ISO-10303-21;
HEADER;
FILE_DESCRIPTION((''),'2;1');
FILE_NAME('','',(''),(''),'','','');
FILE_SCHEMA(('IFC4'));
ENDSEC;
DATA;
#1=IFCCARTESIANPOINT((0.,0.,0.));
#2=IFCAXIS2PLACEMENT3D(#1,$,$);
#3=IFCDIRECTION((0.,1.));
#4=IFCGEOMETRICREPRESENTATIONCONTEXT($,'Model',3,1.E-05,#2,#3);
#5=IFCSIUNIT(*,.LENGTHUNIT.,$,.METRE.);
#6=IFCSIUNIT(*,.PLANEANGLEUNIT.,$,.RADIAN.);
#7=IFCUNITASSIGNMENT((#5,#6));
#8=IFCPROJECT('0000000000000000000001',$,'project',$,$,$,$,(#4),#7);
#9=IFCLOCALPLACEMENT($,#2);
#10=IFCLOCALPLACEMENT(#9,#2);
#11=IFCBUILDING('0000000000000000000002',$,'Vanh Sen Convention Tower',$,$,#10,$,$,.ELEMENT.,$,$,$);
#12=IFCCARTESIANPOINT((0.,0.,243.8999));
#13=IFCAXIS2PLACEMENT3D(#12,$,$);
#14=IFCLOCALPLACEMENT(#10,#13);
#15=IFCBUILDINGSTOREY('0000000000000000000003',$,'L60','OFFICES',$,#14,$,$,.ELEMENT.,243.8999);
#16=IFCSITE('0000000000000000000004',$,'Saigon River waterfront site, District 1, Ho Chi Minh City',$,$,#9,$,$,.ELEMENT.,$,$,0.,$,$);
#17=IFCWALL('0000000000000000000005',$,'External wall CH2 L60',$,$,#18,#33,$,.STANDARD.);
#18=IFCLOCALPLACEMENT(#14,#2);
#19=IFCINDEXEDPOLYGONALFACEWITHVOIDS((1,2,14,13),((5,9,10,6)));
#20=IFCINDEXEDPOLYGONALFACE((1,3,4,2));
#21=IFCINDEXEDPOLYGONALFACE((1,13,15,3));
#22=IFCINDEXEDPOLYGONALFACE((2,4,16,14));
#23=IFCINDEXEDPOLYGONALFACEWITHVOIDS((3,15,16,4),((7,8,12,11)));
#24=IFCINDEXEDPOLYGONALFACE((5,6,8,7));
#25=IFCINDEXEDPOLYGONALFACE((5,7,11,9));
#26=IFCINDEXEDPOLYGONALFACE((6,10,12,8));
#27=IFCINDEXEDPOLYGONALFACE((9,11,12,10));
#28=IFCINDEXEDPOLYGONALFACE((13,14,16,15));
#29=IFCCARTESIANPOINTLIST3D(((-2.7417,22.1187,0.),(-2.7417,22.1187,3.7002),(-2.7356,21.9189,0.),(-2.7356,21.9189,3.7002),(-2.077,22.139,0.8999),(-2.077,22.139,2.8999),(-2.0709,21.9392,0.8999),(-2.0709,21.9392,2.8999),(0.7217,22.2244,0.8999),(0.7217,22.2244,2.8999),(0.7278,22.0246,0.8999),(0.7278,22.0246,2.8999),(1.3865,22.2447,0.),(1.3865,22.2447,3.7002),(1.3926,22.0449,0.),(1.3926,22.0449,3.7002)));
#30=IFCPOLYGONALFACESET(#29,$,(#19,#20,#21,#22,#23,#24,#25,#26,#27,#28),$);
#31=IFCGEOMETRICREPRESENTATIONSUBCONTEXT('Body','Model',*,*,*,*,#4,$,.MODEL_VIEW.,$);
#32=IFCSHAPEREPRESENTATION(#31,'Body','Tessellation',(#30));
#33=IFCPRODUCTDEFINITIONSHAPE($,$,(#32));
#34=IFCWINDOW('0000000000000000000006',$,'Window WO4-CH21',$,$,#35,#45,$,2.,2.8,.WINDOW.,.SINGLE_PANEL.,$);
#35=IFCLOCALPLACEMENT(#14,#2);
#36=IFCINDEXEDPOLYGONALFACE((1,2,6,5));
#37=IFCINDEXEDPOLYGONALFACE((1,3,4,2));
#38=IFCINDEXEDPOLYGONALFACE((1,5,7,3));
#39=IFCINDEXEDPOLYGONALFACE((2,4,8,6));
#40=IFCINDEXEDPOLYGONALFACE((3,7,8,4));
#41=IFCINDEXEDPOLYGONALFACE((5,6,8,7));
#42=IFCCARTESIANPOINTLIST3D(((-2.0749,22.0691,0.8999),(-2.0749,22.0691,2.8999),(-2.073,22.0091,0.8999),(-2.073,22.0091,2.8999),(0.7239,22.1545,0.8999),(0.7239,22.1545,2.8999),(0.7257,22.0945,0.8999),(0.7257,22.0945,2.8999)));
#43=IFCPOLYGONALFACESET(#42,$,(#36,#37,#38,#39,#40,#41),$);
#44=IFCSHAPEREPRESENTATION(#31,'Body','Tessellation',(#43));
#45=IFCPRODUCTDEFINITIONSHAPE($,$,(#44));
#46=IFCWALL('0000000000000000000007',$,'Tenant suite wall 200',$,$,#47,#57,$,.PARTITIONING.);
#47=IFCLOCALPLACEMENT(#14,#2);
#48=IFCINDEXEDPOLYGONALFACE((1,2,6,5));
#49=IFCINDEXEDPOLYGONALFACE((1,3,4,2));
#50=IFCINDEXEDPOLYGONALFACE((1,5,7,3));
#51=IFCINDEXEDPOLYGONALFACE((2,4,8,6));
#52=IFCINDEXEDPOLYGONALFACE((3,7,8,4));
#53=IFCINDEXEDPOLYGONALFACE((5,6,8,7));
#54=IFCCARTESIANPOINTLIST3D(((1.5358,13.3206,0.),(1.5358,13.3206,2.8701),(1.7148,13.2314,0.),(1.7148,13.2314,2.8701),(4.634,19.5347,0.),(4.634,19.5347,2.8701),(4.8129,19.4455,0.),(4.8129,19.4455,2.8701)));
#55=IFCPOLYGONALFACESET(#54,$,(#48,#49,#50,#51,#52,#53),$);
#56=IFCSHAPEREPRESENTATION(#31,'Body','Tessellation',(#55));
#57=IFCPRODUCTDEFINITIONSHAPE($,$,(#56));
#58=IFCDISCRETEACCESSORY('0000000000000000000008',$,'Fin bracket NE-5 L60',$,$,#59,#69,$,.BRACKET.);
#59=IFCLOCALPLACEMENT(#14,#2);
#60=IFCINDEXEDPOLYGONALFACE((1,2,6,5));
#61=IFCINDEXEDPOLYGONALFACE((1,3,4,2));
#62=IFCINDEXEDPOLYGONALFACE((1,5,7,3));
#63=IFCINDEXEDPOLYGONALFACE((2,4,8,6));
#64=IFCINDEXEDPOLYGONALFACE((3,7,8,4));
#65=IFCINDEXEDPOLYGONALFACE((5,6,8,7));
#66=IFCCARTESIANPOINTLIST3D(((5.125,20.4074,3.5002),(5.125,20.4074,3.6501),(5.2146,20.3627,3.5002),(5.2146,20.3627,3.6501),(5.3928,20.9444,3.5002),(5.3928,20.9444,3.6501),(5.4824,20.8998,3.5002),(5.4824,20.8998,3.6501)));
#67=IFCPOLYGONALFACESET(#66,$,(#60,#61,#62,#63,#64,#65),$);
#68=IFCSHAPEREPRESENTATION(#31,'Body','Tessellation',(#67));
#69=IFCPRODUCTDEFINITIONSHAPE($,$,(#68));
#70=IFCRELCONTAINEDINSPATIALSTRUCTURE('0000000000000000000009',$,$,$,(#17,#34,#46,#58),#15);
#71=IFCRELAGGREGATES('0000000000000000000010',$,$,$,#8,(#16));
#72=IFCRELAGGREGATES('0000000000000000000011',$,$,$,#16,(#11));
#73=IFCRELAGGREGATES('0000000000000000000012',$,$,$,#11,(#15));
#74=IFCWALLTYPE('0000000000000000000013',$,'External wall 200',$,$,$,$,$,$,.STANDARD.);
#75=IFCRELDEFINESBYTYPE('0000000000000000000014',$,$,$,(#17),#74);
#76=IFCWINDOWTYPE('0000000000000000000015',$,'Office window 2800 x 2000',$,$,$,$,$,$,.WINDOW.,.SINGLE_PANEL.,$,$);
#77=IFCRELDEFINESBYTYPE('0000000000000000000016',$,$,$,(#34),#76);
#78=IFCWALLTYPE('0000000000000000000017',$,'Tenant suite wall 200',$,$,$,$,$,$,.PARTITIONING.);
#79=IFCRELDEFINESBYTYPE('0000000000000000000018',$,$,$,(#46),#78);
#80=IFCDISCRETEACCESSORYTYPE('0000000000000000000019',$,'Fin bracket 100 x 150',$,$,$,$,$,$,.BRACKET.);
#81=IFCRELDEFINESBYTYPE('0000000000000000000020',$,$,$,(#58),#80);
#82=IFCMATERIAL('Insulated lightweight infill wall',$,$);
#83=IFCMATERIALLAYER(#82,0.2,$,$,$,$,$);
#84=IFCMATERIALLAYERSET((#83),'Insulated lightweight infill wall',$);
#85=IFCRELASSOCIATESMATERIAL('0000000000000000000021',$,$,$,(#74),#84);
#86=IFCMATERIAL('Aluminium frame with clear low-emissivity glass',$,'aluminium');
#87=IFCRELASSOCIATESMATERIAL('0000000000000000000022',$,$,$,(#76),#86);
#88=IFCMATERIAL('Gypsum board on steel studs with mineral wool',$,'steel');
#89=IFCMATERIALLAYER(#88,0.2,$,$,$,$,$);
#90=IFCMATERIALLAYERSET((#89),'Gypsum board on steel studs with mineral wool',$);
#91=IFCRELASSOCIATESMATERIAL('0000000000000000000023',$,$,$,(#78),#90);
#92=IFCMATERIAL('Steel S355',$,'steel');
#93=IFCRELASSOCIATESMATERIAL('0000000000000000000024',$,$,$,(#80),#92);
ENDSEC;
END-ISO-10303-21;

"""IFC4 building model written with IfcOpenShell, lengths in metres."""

from ifc_helpers import new_model, si_unit, direction, frame, frame_2d, origin, origin_2d, place, context, subcontext, project, spatial, rectangle, extrude, material, layer, layer_set, type_object, element, fill, save


model = new_model("IFC4")

# Units and contexts
model_context = context("Model", 3, precision=1e-05, world=origin(), true_north=direction((0.0, 1.0)))
body_context = subcontext(model_context, "Body", "Model", "MODEL_VIEW")
ifc_project = project(units=[si_unit("LENGTHUNIT", "METRE"), si_unit("PLANEANGLEUNIT", "RADIAN")], contexts=[model_context])

# Site, building, storey
site_placement = place(None, origin())
site = spatial("IfcSite", under=ifc_project, at=site_placement, Name="Saigon River waterfront site, District 1, Ho Chi Minh City", CompositionType="ELEMENT", RefElevation=0.0)
building_placement = place(site_placement, origin())
building = spatial("IfcBuilding", under=site, at=building_placement, Name="Vanh Sen Convention Tower", CompositionType="ELEMENT")
storey_placement = place(building_placement, frame((0.0, 0.0, 243.8999)))
storey = spatial("IfcBuildingStorey", under=building, at=storey_placement, Name="L60", Description="OFFICES", CompositionType="ELEMENT", Elevation=243.8999)

# Shared definitions
ifc_material_1 = material(Name="Gypsum board on steel studs with mineral wool", Category="steel")

# Wall, opening, window
ifc_material_2 = material(Name="Insulated lightweight infill wall")
ifc_layer_1 = layer(ifc_material_2, 0.2)
ifc_layer_set_1 = layer_set([ifc_layer_1], Name="Insulated lightweight infill wall")
wall_type_1 = type_object("IfcWallType", Name="External wall 200", PredefinedType="STANDARD", material=ifc_layer_set_1)
wall_1_placement = place(storey_placement, frame((1.3894, 22.1448, 0.0), z_axis=(0.0, 0.0, 1.0), x_axis=(-0.999535, -0.030502, 0.0)))
wall_1 = element("IfcWall", 1, at=wall_1_placement, inside=storey, type_object=wall_type_1, Name="External wall CH2 L60", PredefinedType="STANDARD", context=body_context, shape_type="SweptSolid", body=[
    extrude(rectangle(XDim=4.1301, YDim=0.2, at=frame_2d((2.0649, 0.0))), origin(), (0.0, 0.0, 1.0), 3.7002),
])
opening_1_placement = place(wall_1_placement, frame((0.665, 0.0, 0.8999)))
opening_1 = element("IfcOpeningElement", 2, at=opening_1_placement, cuts=wall_1, PredefinedType="OPENING", context=body_context, shape_type="SweptSolid", body=[
    extrude(rectangle(XDim=2.8, YDim=2.0, at=frame_2d((1.3999, 1.0))), frame((0.0, 0.1099, 0.0), z_axis=(0.0, -1.0, 0.0), x_axis=(1.0, 0.0, 0.0)), (0.0, 0.0, 1.0), 0.22),
])
ifc_material_3 = material(Name="Aluminium frame with clear low-emissivity glass", Category="aluminium")
window_type = type_object("IfcWindowType", Name="Office window 2800 x 2000", PartitioningType="SINGLE_PANEL", PredefinedType="WINDOW", material=ifc_material_3)
window_placement = place(opening_1_placement, origin())
window = element("IfcWindow", 3, at=window_placement, inside=storey, type_object=window_type, Name="Window WO4-CH21", OverallHeight=2.0, OverallWidth=2.8, PartitioningType="SINGLE_PANEL", PredefinedType="WINDOW", context=body_context, shape_type="SweptSolid", body=[
    extrude(rectangle(XDim=2.8, YDim=2.0, at=frame_2d((1.3999, 1.0))), frame((0.0, 0.03, 0.0), z_axis=(0.0, -1.0, 0.0), x_axis=(1.0, 0.0, 0.0)), (0.0, 0.0, 1.0), 0.0601),
])
fill(opening_1, window)

# Wall
ifc_layer_2 = layer(ifc_material_1, 0.2)
ifc_layer_set_2 = layer_set([ifc_layer_2], Name="Gypsum board on steel studs with mineral wool")
wall_type_2 = type_object("IfcWallType", Name="Tenant suite wall 200", PredefinedType="PARTITIONING", material=ifc_layer_set_2)
wall_2_placement = place(storey_placement, frame((4.7234, 19.49, 0.0), z_axis=(0.0, 0.0, 1.0), x_axis=(-0.446187, -0.89494, 0.0)))
element("IfcWall", 4, at=wall_2_placement, inside=storey, type_object=wall_type_2, Name="Tenant suite wall 200", PredefinedType="PARTITIONING", context=body_context, shape_type="SweptSolid", body=[
    extrude(rectangle(XDim=6.9436, YDim=0.2, at=frame_2d((3.4717, 0.0))), origin(), (0.0, 0.0, 1.0), 2.8701),
])

# Discrete accessory
ifc_material_4 = material(Name="Steel S355", Category="steel")
discrete_accessory_type = type_object("IfcDiscreteAccessoryType", Name="Fin bracket 100 x 150", PredefinedType="BRACKET", material=ifc_material_4)
discrete_accessory_placement = place(storey_placement, frame((5.3037, 20.6536, 3.5002), z_axis=(0.0, 0.0, 1.0), x_axis=(0.446198, 0.894934, 0.0)))
element("IfcDiscreteAccessory", 5, at=discrete_accessory_placement, inside=storey, type_object=discrete_accessory_type, Name="Fin bracket NE-5 L60", PredefinedType="BRACKET", context=body_context, shape_type="SweptSolid", body=[
    extrude(rectangle(XDim=0.6001, YDim=0.1001, at=origin_2d()), origin(), (0.0, 0.0, 1.0), 0.1499),
])

save(model, "model.ifc")
